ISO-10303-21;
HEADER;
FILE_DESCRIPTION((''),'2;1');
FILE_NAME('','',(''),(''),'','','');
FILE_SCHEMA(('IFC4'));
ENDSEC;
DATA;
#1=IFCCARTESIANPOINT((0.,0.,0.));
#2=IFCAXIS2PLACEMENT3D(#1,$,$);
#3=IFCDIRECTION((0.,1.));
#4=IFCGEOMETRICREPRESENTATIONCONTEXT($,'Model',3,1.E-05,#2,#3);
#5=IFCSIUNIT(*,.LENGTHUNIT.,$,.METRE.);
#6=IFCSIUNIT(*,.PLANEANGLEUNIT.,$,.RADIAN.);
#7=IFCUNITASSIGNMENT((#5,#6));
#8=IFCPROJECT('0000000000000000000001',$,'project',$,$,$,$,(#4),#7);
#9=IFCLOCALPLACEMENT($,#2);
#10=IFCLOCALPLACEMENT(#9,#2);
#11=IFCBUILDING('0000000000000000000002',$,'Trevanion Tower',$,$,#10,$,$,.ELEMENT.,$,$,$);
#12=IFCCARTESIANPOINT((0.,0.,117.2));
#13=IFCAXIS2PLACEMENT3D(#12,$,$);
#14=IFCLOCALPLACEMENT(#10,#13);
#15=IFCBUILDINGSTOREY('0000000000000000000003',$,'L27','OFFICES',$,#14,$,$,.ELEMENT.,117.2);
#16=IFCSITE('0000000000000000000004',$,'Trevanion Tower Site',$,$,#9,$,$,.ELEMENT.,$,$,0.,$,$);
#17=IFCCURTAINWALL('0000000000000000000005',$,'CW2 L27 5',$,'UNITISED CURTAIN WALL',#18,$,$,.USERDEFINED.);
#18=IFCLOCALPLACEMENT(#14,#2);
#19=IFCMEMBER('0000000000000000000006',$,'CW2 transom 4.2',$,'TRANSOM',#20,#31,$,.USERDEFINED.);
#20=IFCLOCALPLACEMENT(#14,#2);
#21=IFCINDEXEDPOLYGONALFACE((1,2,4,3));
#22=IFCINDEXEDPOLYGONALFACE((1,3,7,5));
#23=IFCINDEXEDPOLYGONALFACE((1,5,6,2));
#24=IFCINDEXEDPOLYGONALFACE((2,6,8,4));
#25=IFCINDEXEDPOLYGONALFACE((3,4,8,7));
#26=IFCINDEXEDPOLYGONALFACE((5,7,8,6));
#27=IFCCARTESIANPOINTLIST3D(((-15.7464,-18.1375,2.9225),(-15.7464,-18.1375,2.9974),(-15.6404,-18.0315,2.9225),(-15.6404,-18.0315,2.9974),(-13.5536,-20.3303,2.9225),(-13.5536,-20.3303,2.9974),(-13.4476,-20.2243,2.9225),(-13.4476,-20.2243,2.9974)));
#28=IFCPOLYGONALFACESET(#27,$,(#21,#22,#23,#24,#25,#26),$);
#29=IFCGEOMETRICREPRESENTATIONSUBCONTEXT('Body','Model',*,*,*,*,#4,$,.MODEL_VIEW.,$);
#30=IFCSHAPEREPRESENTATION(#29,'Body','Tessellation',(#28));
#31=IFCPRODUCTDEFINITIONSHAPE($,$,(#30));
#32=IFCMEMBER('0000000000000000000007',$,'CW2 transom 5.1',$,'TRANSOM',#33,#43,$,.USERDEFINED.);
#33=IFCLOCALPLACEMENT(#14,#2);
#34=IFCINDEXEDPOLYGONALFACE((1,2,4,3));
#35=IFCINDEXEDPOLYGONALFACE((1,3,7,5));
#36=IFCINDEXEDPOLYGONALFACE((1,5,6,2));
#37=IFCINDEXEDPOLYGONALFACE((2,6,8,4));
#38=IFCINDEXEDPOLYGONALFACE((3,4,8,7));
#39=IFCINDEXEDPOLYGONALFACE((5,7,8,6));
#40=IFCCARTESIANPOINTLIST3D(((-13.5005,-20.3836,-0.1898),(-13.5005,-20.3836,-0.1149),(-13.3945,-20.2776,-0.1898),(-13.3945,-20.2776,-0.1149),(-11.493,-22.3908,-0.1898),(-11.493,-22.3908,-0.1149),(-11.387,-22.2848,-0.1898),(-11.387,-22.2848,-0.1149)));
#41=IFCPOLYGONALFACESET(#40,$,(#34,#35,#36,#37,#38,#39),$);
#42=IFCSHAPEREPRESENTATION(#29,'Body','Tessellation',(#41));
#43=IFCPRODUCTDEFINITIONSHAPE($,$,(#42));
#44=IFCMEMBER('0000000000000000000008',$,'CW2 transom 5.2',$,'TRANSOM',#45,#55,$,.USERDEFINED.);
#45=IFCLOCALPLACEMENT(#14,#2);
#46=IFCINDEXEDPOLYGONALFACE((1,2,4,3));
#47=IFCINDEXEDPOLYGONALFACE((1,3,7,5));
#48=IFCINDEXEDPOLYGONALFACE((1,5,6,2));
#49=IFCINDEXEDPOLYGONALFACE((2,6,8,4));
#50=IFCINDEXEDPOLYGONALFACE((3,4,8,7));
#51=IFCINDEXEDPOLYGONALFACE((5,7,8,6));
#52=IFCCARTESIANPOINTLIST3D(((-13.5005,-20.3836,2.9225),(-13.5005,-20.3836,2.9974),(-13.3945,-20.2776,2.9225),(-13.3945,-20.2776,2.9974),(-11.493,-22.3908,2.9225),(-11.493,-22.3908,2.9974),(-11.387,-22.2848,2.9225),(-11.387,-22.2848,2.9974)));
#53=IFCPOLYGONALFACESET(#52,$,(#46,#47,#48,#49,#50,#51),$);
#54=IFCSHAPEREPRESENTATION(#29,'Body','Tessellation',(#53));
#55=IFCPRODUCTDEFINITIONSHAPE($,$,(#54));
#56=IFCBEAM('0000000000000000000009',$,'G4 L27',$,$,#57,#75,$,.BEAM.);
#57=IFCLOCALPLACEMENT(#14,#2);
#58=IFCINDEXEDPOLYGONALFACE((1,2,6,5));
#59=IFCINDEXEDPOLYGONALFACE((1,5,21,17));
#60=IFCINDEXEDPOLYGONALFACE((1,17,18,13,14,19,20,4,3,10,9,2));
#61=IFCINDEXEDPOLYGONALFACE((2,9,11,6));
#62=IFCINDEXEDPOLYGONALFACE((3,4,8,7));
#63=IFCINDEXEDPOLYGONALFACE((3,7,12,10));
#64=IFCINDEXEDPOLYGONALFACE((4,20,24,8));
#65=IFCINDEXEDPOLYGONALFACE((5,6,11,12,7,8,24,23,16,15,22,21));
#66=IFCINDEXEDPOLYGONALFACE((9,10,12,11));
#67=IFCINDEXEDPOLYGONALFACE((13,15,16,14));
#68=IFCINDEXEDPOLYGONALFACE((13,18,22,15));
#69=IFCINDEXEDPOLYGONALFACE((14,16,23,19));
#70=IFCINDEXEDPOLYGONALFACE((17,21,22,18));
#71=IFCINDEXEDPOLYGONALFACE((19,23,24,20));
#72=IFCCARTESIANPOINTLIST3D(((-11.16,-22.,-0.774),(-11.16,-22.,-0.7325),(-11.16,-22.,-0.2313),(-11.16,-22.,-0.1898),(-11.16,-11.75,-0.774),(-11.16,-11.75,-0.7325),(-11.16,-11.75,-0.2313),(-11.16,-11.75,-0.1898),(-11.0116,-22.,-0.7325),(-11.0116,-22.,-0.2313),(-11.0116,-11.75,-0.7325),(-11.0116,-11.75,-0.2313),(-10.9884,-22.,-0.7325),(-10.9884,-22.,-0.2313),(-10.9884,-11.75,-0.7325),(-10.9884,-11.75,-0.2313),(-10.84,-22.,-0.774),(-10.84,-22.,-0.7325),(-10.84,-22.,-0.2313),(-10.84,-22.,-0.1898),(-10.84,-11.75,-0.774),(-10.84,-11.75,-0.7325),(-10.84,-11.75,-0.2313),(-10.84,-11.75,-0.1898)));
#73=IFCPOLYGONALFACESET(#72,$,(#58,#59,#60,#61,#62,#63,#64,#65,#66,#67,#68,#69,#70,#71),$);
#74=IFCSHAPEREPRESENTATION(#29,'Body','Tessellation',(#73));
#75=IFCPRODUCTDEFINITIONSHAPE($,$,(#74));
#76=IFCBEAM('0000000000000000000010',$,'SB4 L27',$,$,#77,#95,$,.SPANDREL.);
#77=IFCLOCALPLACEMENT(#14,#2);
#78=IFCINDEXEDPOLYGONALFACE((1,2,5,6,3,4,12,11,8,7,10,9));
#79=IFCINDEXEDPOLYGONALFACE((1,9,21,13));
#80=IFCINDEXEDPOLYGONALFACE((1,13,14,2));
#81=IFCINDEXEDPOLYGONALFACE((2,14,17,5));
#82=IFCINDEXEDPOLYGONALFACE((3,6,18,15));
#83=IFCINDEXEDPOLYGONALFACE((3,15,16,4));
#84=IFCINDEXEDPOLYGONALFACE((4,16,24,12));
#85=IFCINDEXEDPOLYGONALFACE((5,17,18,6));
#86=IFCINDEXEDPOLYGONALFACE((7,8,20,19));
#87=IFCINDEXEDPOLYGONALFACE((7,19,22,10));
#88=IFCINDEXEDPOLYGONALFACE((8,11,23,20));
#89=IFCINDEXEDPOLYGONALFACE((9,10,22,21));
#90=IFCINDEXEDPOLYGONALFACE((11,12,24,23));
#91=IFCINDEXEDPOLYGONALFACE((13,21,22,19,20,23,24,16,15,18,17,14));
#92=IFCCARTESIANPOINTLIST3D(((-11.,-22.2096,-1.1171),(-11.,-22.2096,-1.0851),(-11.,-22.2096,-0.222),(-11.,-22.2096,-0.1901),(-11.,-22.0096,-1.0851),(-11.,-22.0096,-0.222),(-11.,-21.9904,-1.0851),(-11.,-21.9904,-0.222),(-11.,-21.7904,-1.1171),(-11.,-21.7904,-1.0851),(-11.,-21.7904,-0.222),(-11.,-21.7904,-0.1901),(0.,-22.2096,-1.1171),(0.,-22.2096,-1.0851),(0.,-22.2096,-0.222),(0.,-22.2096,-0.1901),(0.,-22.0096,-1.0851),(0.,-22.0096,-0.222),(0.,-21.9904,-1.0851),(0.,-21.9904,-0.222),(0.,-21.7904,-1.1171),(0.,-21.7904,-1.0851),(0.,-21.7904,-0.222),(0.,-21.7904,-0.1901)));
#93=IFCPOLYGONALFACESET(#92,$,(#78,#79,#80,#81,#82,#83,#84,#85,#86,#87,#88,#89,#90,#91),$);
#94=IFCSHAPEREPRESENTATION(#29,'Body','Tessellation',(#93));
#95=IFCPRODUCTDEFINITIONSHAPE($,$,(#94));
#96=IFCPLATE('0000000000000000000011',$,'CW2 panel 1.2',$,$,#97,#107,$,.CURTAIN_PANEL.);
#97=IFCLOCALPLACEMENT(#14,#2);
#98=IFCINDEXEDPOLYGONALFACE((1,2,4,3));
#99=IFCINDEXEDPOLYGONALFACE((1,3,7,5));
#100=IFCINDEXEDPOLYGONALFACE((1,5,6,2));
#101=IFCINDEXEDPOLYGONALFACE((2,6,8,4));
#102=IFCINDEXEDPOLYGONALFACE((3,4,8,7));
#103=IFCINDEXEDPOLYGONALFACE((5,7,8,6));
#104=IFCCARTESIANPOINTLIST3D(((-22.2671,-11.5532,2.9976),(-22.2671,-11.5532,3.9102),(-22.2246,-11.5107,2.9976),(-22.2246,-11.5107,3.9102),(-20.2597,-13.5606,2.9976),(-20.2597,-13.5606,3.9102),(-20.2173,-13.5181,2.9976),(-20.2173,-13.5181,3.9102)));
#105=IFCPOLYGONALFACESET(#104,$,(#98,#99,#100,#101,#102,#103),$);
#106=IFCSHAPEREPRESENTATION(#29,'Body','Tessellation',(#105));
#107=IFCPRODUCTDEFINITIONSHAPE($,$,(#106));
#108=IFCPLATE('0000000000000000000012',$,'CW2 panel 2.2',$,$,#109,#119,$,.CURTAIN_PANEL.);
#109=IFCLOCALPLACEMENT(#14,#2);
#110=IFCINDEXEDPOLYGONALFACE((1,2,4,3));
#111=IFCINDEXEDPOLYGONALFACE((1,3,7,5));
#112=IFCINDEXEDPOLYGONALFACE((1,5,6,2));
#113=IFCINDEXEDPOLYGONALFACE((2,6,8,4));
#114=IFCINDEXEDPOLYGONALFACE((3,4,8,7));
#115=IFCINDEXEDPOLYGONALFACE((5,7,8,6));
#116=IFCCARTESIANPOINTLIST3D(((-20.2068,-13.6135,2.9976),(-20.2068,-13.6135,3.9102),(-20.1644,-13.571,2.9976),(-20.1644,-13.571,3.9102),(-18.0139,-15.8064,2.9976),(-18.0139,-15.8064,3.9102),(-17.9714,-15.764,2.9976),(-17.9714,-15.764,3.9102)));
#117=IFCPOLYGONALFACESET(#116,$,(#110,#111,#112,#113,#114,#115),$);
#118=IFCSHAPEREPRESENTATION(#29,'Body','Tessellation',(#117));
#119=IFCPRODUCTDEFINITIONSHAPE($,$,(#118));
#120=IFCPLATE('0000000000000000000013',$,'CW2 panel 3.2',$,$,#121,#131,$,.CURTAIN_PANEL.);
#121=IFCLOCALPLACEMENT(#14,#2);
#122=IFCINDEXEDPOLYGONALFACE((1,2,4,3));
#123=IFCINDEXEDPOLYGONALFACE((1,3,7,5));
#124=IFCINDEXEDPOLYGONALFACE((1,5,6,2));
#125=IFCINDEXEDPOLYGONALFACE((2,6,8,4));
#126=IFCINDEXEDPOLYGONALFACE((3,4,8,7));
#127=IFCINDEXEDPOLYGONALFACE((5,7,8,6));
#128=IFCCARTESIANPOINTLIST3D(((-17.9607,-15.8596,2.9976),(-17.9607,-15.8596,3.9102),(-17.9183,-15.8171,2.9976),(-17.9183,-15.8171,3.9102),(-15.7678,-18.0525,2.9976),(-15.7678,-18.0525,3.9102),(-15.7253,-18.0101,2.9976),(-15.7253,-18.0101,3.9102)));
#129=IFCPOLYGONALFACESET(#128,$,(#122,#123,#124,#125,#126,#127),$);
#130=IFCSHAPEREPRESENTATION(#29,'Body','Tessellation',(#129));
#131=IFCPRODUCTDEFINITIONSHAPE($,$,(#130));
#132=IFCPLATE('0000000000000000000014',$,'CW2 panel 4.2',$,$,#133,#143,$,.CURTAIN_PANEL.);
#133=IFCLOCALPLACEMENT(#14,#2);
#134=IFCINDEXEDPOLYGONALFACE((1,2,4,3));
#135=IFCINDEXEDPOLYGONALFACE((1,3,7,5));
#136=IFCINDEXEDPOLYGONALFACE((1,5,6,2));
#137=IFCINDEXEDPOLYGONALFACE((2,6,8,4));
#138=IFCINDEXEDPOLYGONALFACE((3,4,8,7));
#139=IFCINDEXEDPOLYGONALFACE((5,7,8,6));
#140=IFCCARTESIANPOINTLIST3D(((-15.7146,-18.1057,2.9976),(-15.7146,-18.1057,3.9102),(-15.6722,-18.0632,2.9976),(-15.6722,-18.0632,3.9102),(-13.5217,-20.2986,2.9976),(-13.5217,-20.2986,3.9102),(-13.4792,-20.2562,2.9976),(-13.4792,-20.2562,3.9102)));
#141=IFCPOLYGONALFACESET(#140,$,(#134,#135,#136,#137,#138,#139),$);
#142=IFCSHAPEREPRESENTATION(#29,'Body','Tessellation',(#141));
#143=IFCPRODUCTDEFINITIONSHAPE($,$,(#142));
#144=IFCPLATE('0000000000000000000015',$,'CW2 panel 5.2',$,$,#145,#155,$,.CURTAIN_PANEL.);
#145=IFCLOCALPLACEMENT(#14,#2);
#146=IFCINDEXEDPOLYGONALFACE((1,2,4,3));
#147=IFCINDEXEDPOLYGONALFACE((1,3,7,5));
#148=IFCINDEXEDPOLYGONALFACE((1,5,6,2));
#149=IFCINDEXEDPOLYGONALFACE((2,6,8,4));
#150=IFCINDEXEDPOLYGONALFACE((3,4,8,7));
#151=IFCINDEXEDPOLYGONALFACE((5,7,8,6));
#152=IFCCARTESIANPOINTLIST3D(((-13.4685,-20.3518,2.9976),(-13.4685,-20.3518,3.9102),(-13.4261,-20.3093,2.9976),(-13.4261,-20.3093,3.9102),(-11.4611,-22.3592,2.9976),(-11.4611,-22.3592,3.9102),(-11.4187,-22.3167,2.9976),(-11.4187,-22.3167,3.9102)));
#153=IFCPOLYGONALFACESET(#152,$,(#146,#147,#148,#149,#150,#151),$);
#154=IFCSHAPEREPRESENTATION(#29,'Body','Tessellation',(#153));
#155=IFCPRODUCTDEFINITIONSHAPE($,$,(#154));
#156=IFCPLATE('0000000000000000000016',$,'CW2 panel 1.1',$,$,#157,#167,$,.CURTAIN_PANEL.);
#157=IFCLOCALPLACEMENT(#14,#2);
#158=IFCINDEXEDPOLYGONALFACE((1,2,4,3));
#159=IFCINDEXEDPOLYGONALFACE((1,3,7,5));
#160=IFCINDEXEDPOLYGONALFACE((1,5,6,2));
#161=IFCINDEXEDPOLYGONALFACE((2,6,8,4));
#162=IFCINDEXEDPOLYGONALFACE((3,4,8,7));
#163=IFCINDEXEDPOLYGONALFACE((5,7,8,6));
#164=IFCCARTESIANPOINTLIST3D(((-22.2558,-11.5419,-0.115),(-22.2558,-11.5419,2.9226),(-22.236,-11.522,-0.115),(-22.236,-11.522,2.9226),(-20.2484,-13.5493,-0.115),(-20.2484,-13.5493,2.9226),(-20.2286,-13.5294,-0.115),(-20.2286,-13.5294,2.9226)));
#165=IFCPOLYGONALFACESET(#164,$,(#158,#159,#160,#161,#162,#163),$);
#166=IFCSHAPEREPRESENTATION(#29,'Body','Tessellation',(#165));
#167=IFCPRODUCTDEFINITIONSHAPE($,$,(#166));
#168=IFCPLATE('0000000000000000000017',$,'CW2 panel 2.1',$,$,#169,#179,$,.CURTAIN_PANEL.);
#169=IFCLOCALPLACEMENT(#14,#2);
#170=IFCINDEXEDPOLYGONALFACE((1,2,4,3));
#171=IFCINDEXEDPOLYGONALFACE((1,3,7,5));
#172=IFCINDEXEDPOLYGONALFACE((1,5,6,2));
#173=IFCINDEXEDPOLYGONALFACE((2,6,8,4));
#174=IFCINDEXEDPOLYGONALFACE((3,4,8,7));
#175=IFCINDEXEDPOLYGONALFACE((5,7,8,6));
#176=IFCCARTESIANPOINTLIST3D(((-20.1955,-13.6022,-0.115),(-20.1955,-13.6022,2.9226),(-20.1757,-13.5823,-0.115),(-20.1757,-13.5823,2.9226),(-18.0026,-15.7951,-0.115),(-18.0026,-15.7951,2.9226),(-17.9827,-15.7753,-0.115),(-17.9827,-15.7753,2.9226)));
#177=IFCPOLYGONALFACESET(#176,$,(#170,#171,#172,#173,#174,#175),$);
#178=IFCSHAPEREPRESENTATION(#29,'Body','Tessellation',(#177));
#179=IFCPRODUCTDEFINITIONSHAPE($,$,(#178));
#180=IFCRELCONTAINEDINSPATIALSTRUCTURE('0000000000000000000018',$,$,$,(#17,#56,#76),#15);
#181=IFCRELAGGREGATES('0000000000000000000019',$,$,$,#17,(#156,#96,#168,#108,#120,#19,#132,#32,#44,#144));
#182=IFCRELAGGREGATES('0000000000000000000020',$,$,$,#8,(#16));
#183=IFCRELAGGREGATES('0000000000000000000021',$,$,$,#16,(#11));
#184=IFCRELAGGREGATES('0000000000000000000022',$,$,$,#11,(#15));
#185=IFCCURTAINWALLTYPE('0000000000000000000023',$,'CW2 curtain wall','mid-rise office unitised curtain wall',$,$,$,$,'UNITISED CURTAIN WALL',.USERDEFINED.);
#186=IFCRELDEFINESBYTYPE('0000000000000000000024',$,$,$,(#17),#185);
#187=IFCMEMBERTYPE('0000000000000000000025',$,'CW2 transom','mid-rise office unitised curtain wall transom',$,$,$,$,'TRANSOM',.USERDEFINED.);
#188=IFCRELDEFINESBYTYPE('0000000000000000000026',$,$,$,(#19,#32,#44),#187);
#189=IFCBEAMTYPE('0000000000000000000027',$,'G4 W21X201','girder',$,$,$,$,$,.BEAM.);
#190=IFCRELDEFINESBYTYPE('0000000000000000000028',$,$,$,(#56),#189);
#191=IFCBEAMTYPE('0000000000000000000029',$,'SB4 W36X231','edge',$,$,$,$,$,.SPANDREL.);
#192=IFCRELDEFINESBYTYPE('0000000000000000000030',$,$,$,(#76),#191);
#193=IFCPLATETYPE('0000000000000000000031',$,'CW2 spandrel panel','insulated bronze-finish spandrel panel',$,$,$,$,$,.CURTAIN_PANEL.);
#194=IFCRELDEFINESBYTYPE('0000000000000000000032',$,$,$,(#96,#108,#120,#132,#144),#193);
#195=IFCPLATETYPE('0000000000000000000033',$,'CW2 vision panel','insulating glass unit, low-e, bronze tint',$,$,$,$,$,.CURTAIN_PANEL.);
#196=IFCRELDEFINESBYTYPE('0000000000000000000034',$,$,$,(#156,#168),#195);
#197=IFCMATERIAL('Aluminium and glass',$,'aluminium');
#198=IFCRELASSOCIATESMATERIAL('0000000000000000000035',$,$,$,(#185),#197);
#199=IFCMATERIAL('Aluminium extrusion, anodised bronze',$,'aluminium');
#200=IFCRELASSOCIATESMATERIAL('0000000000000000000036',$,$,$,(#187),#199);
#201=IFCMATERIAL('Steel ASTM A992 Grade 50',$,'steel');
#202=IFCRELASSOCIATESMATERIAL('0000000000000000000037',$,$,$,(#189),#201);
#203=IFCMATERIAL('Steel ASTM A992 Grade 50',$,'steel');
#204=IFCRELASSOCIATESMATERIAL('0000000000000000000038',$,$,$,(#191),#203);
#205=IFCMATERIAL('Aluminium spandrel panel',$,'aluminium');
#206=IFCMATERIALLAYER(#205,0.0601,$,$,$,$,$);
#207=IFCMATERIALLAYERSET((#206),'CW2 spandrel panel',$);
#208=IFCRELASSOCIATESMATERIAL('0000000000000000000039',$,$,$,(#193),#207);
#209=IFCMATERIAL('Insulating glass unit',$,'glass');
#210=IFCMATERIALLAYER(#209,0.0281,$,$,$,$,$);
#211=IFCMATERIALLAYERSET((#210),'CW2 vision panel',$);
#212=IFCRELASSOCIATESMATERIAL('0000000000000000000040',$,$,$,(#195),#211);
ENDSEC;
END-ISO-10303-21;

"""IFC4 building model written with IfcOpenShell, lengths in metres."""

from ifc_helpers import new_model, si_unit, direction, frame, origin, origin_2d, place, context, subcontext, project, spatial, rectangle, i_section, extrude, material, layer, layer_set, material_profile, profile_set, type_object, element, aggregate, save


model = new_model("IFC4")

# Units and contexts
model_context = context("Model", 3, precision=1e-05, world=origin(), true_north=direction((0.0, 1.0)))
body_context = subcontext(model_context, "Body", "Model", "MODEL_VIEW")
ifc_project = project(units=[si_unit("LENGTHUNIT", "METRE"), si_unit("PLANEANGLEUNIT", "RADIAN")], contexts=[model_context])

# Site, building, storey
site_placement = place(None, origin())
site = spatial("IfcSite", under=ifc_project, at=site_placement, Name="Trevanion Tower Site", CompositionType="ELEMENT", RefElevation=0.0)
building_placement = place(site_placement, origin())
building = spatial("IfcBuilding", under=site, at=building_placement, Name="Trevanion Tower", CompositionType="ELEMENT")
storey_placement = place(building_placement, frame((0.0, 0.0, 117.2)))
storey = spatial("IfcBuildingStorey", under=building, at=storey_placement, Name="L27", Description="OFFICES", CompositionType="ELEMENT", Elevation=117.2)

# Curtain wall, members
ifc_material_1 = material(Name="Aluminium and glass", Category="aluminium")
curtain_wall_type = type_object("IfcCurtainWallType", Name="CW2 curtain wall", Description="mid-rise office unitised curtain wall", ElementType="UNITISED CURTAIN WALL", PredefinedType="USERDEFINED", material=ifc_material_1)
curtain_wall_placement = place(storey_placement, origin())
curtain_wall = element("IfcCurtainWall", 1, at=curtain_wall_placement, inside=storey, type_object=curtain_wall_type, Name="CW2 L27 5", ObjectType="UNITISED CURTAIN WALL", PredefinedType="USERDEFINED")
ifc_material_2 = material(Name="Aluminium extrusion, anodised bronze", Category="aluminium")
ifc_material_profile_1 = material_profile(ifc_material_2, rectangle(XDim=0.1499, YDim=0.075, at=origin_2d()), Name="CW2 transom")
ifc_profile_set_1 = profile_set([ifc_material_profile_1], Name="Aluminium extrusion, anodised bronze")
member_type_1 = type_object("IfcMemberType", Name="CW2 transom", Description="mid-rise office unitised curtain wall transom", ElementType="TRANSOM", PredefinedType="USERDEFINED", material=ifc_profile_set_1)
member_1_placement = place(storey_placement, frame((-15.6934, -18.0845, 2.96), z_axis=(0.707107, -0.707107, 0.0), x_axis=(0.707107, 0.707107, 0.0)))
member_1 = element("IfcMember", 2, at=member_1_placement, type_object=member_type_1, Name="CW2 transom 4.2", ObjectType="TRANSOM", PredefinedType="USERDEFINED", context=body_context, shape_type="SweptSolid", body=[
    extrude(rectangle(XDim=0.1499, YDim=0.075, at=origin_2d()), origin(), (0.0, 0.0, 1.0), 3.1011),
])
member_2_placement = place(storey_placement, frame((-13.4475, -20.3306, -0.1523), z_axis=(0.70715, -0.707064, 0.0), x_axis=(0.707064, 0.70715, 0.0)))
member_2 = element("IfcMember", 3, at=member_2_placement, type_object=member_type_1, Name="CW2 transom 5.1", ObjectType="TRANSOM", PredefinedType="USERDEFINED", context=body_context, shape_type="SweptSolid", body=[
    extrude(rectangle(XDim=0.1499, YDim=0.075, at=origin_2d()), origin(), (0.0, 0.0, 1.0), 2.8389),
])
member_3_placement = place(storey_placement, frame((-13.4475, -20.3306, 2.96), z_axis=(0.70715, -0.707064, 0.0), x_axis=(0.707064, 0.70715, 0.0)))
member_3 = element("IfcMember", 4, at=member_3_placement, type_object=member_type_1, Name="CW2 transom 5.2", ObjectType="TRANSOM", PredefinedType="USERDEFINED", context=body_context, shape_type="SweptSolid", body=[
    extrude(rectangle(XDim=0.1499, YDim=0.075, at=origin_2d()), origin(), (0.0, 0.0, 1.0), 2.8389),
])

# Beams
ifc_material_3 = material(Name="Steel ASTM A992 Grade 50", Category="steel")
ifc_material_profile_2 = material_profile(ifc_material_3, i_section(OverallWidth=0.3201, OverallDepth=0.5842, WebThickness=0.0232, FlangeThickness=0.0415, at=origin_2d()), Name="W21X201")
ifc_profile_set_2 = profile_set([ifc_material_profile_2], Name="Steel ASTM A992 Grade 50")
beam_type_1 = type_object("IfcBeamType", Name="G4 W21X201", Description="girder", PredefinedType="BEAM", material=ifc_profile_set_2)
beam_1_placement = place(storey_placement, frame((-11.0, -11.75, -0.4819), z_axis=(0.0, -1.0, 0.0), x_axis=(1.0, 0.0, 0.0)))
element("IfcBeam", 5, at=beam_1_placement, inside=storey, type_object=beam_type_1, Name="G4 L27", PredefinedType="BEAM", context=body_context, shape_type="SweptSolid", body=[
    extrude(i_section(OverallWidth=0.3201, OverallDepth=0.5842, WebThickness=0.0232, FlangeThickness=0.0415, at=origin_2d()), origin(), (0.0, 0.0, 1.0), 10.25),
])
ifc_material_4 = material(Name="Steel ASTM A992 Grade 50", Category="steel")
ifc_material_profile_3 = material_profile(ifc_material_4, i_section(OverallWidth=0.4192, OverallDepth=0.927, WebThickness=0.0193, FlangeThickness=0.032, at=origin_2d()), Name="W36X231")
ifc_profile_set_3 = profile_set([ifc_material_profile_3], Name="Steel ASTM A992 Grade 50")
beam_type_2 = type_object("IfcBeamType", Name="SB4 W36X231", Description="edge", PredefinedType="SPANDREL", material=ifc_profile_set_3)
beam_2_placement = place(storey_placement, frame((-11.0, -22.0, -0.6536), z_axis=(1.0, 0.0, 0.0), x_axis=(0.0, 1.0, 0.0)))
element("IfcBeam", 6, at=beam_2_placement, inside=storey, type_object=beam_type_2, Name="SB4 L27", PredefinedType="SPANDREL", context=body_context, shape_type="SweptSolid", body=[
    extrude(i_section(OverallWidth=0.4192, OverallDepth=0.927, WebThickness=0.0193, FlangeThickness=0.032, at=origin_2d()), origin(), (0.0, 0.0, 1.0), 11.0),
])

# Plates
ifc_material_5 = material(Name="Aluminium spandrel panel", Category="aluminium")
ifc_layer_1 = layer(ifc_material_5, 0.0601)
ifc_layer_set_1 = layer_set([ifc_layer_1], Name="CW2 spandrel panel")
plate_type_1 = type_object("IfcPlateType", Name="CW2 spandrel panel", Description="insulated bronze-finish spandrel panel", PredefinedType="CURTAIN_PANEL", material=ifc_layer_set_1)
plate_1_placement = place(storey_placement, frame((-21.2422, -12.5356, 2.9976), z_axis=(0.0, 0.0, 1.0), x_axis=(0.707107, -0.707107, 0.0)))
plate_1 = element("IfcPlate", 7, at=plate_1_placement, type_object=plate_type_1, Name="CW2 panel 1.2", PredefinedType="CURTAIN_PANEL", context=body_context, shape_type="SweptSolid", body=[
    extrude(rectangle(XDim=2.8389, YDim=0.0601, at=origin_2d()), origin(), (0.0, 0.0, 1.0), 0.9126),
])
plate_2_placement = place(storey_placement, frame((-19.0891, -14.6887, 2.9976), z_axis=(0.0, 0.0, 1.0), x_axis=(0.707107, -0.707107, 0.0)))
plate_2 = element("IfcPlate", 8, at=plate_2_placement, type_object=plate_type_1, Name="CW2 panel 2.2", PredefinedType="CURTAIN_PANEL", context=body_context, shape_type="SweptSolid", body=[
    extrude(rectangle(XDim=3.1013, YDim=0.0601, at=origin_2d()), origin(), (0.0, 0.0, 1.0), 0.9126),
])
plate_3_placement = place(storey_placement, frame((-16.843, -16.9348, 2.9976), z_axis=(0.0, 0.0, 1.0), x_axis=(0.707107, -0.707107, 0.0)))
plate_3 = element("IfcPlate", 9, at=plate_3_placement, type_object=plate_type_1, Name="CW2 panel 3.2", PredefinedType="CURTAIN_PANEL", context=body_context, shape_type="SweptSolid", body=[
    extrude(rectangle(XDim=3.1013, YDim=0.0601, at=origin_2d()), origin(), (0.0, 0.0, 1.0), 0.9126),
])
plate_4_placement = place(storey_placement, frame((-14.5969, -19.1809, 2.9976), z_axis=(0.0, 0.0, 1.0), x_axis=(0.707107, -0.707107, 0.0)))
plate_4 = element("IfcPlate", 10, at=plate_4_placement, type_object=plate_type_1, Name="CW2 panel 4.2", PredefinedType="CURTAIN_PANEL", context=body_context, shape_type="SweptSolid", body=[
    extrude(rectangle(XDim=3.1013, YDim=0.0601, at=origin_2d()), origin(), (0.0, 0.0, 1.0), 0.9126),
])
plate_5_placement = place(storey_placement, frame((-12.4436, -21.3342, 2.9976), z_axis=(0.0, 0.0, 1.0), x_axis=(0.707107, -0.707107, 0.0)))
plate_5 = element("IfcPlate", 11, at=plate_5_placement, type_object=plate_type_1, Name="CW2 panel 5.2", PredefinedType="CURTAIN_PANEL", context=body_context, shape_type="SweptSolid", body=[
    extrude(rectangle(XDim=2.8389, YDim=0.0601, at=origin_2d()), origin(), (0.0, 0.0, 1.0), 0.9126),
])
ifc_material_6 = material(Name="Insulating glass unit", Category="glass")
ifc_layer_2 = layer(ifc_material_6, 0.0281)
ifc_layer_set_2 = layer_set([ifc_layer_2], Name="CW2 vision panel")
plate_type_2 = type_object("IfcPlateType", Name="CW2 vision panel", Description="insulating glass unit, low-e, bronze tint", PredefinedType="CURTAIN_PANEL", material=ifc_layer_set_2)
plate_6_placement = place(storey_placement, frame((-21.2422, -12.5356, -0.115), z_axis=(0.0, 0.0, 1.0), x_axis=(0.707107, -0.707107, 0.0)))
plate_6 = element("IfcPlate", 12, at=plate_6_placement, type_object=plate_type_2, Name="CW2 panel 1.1", PredefinedType="CURTAIN_PANEL", context=body_context, shape_type="SweptSolid", body=[
    extrude(rectangle(XDim=2.8389, YDim=0.0281, at=origin_2d()), origin(), (0.0, 0.0, 1.0), 3.0376),
])
plate_7_placement = place(storey_placement, frame((-19.0891, -14.6887, -0.115), z_axis=(0.0, 0.0, 1.0), x_axis=(0.707107, -0.707107, 0.0)))
plate_7 = element("IfcPlate", 13, at=plate_7_placement, type_object=plate_type_2, Name="CW2 panel 2.1", PredefinedType="CURTAIN_PANEL", context=body_context, shape_type="SweptSolid", body=[
    extrude(rectangle(XDim=3.1013, YDim=0.0281, at=origin_2d()), origin(), (0.0, 0.0, 1.0), 3.0376),
])
aggregate(curtain_wall, [plate_6, plate_1, plate_7, plate_2, plate_3, member_1, plate_4, member_2, member_3, plate_5])

save(model, "model.ifc")
